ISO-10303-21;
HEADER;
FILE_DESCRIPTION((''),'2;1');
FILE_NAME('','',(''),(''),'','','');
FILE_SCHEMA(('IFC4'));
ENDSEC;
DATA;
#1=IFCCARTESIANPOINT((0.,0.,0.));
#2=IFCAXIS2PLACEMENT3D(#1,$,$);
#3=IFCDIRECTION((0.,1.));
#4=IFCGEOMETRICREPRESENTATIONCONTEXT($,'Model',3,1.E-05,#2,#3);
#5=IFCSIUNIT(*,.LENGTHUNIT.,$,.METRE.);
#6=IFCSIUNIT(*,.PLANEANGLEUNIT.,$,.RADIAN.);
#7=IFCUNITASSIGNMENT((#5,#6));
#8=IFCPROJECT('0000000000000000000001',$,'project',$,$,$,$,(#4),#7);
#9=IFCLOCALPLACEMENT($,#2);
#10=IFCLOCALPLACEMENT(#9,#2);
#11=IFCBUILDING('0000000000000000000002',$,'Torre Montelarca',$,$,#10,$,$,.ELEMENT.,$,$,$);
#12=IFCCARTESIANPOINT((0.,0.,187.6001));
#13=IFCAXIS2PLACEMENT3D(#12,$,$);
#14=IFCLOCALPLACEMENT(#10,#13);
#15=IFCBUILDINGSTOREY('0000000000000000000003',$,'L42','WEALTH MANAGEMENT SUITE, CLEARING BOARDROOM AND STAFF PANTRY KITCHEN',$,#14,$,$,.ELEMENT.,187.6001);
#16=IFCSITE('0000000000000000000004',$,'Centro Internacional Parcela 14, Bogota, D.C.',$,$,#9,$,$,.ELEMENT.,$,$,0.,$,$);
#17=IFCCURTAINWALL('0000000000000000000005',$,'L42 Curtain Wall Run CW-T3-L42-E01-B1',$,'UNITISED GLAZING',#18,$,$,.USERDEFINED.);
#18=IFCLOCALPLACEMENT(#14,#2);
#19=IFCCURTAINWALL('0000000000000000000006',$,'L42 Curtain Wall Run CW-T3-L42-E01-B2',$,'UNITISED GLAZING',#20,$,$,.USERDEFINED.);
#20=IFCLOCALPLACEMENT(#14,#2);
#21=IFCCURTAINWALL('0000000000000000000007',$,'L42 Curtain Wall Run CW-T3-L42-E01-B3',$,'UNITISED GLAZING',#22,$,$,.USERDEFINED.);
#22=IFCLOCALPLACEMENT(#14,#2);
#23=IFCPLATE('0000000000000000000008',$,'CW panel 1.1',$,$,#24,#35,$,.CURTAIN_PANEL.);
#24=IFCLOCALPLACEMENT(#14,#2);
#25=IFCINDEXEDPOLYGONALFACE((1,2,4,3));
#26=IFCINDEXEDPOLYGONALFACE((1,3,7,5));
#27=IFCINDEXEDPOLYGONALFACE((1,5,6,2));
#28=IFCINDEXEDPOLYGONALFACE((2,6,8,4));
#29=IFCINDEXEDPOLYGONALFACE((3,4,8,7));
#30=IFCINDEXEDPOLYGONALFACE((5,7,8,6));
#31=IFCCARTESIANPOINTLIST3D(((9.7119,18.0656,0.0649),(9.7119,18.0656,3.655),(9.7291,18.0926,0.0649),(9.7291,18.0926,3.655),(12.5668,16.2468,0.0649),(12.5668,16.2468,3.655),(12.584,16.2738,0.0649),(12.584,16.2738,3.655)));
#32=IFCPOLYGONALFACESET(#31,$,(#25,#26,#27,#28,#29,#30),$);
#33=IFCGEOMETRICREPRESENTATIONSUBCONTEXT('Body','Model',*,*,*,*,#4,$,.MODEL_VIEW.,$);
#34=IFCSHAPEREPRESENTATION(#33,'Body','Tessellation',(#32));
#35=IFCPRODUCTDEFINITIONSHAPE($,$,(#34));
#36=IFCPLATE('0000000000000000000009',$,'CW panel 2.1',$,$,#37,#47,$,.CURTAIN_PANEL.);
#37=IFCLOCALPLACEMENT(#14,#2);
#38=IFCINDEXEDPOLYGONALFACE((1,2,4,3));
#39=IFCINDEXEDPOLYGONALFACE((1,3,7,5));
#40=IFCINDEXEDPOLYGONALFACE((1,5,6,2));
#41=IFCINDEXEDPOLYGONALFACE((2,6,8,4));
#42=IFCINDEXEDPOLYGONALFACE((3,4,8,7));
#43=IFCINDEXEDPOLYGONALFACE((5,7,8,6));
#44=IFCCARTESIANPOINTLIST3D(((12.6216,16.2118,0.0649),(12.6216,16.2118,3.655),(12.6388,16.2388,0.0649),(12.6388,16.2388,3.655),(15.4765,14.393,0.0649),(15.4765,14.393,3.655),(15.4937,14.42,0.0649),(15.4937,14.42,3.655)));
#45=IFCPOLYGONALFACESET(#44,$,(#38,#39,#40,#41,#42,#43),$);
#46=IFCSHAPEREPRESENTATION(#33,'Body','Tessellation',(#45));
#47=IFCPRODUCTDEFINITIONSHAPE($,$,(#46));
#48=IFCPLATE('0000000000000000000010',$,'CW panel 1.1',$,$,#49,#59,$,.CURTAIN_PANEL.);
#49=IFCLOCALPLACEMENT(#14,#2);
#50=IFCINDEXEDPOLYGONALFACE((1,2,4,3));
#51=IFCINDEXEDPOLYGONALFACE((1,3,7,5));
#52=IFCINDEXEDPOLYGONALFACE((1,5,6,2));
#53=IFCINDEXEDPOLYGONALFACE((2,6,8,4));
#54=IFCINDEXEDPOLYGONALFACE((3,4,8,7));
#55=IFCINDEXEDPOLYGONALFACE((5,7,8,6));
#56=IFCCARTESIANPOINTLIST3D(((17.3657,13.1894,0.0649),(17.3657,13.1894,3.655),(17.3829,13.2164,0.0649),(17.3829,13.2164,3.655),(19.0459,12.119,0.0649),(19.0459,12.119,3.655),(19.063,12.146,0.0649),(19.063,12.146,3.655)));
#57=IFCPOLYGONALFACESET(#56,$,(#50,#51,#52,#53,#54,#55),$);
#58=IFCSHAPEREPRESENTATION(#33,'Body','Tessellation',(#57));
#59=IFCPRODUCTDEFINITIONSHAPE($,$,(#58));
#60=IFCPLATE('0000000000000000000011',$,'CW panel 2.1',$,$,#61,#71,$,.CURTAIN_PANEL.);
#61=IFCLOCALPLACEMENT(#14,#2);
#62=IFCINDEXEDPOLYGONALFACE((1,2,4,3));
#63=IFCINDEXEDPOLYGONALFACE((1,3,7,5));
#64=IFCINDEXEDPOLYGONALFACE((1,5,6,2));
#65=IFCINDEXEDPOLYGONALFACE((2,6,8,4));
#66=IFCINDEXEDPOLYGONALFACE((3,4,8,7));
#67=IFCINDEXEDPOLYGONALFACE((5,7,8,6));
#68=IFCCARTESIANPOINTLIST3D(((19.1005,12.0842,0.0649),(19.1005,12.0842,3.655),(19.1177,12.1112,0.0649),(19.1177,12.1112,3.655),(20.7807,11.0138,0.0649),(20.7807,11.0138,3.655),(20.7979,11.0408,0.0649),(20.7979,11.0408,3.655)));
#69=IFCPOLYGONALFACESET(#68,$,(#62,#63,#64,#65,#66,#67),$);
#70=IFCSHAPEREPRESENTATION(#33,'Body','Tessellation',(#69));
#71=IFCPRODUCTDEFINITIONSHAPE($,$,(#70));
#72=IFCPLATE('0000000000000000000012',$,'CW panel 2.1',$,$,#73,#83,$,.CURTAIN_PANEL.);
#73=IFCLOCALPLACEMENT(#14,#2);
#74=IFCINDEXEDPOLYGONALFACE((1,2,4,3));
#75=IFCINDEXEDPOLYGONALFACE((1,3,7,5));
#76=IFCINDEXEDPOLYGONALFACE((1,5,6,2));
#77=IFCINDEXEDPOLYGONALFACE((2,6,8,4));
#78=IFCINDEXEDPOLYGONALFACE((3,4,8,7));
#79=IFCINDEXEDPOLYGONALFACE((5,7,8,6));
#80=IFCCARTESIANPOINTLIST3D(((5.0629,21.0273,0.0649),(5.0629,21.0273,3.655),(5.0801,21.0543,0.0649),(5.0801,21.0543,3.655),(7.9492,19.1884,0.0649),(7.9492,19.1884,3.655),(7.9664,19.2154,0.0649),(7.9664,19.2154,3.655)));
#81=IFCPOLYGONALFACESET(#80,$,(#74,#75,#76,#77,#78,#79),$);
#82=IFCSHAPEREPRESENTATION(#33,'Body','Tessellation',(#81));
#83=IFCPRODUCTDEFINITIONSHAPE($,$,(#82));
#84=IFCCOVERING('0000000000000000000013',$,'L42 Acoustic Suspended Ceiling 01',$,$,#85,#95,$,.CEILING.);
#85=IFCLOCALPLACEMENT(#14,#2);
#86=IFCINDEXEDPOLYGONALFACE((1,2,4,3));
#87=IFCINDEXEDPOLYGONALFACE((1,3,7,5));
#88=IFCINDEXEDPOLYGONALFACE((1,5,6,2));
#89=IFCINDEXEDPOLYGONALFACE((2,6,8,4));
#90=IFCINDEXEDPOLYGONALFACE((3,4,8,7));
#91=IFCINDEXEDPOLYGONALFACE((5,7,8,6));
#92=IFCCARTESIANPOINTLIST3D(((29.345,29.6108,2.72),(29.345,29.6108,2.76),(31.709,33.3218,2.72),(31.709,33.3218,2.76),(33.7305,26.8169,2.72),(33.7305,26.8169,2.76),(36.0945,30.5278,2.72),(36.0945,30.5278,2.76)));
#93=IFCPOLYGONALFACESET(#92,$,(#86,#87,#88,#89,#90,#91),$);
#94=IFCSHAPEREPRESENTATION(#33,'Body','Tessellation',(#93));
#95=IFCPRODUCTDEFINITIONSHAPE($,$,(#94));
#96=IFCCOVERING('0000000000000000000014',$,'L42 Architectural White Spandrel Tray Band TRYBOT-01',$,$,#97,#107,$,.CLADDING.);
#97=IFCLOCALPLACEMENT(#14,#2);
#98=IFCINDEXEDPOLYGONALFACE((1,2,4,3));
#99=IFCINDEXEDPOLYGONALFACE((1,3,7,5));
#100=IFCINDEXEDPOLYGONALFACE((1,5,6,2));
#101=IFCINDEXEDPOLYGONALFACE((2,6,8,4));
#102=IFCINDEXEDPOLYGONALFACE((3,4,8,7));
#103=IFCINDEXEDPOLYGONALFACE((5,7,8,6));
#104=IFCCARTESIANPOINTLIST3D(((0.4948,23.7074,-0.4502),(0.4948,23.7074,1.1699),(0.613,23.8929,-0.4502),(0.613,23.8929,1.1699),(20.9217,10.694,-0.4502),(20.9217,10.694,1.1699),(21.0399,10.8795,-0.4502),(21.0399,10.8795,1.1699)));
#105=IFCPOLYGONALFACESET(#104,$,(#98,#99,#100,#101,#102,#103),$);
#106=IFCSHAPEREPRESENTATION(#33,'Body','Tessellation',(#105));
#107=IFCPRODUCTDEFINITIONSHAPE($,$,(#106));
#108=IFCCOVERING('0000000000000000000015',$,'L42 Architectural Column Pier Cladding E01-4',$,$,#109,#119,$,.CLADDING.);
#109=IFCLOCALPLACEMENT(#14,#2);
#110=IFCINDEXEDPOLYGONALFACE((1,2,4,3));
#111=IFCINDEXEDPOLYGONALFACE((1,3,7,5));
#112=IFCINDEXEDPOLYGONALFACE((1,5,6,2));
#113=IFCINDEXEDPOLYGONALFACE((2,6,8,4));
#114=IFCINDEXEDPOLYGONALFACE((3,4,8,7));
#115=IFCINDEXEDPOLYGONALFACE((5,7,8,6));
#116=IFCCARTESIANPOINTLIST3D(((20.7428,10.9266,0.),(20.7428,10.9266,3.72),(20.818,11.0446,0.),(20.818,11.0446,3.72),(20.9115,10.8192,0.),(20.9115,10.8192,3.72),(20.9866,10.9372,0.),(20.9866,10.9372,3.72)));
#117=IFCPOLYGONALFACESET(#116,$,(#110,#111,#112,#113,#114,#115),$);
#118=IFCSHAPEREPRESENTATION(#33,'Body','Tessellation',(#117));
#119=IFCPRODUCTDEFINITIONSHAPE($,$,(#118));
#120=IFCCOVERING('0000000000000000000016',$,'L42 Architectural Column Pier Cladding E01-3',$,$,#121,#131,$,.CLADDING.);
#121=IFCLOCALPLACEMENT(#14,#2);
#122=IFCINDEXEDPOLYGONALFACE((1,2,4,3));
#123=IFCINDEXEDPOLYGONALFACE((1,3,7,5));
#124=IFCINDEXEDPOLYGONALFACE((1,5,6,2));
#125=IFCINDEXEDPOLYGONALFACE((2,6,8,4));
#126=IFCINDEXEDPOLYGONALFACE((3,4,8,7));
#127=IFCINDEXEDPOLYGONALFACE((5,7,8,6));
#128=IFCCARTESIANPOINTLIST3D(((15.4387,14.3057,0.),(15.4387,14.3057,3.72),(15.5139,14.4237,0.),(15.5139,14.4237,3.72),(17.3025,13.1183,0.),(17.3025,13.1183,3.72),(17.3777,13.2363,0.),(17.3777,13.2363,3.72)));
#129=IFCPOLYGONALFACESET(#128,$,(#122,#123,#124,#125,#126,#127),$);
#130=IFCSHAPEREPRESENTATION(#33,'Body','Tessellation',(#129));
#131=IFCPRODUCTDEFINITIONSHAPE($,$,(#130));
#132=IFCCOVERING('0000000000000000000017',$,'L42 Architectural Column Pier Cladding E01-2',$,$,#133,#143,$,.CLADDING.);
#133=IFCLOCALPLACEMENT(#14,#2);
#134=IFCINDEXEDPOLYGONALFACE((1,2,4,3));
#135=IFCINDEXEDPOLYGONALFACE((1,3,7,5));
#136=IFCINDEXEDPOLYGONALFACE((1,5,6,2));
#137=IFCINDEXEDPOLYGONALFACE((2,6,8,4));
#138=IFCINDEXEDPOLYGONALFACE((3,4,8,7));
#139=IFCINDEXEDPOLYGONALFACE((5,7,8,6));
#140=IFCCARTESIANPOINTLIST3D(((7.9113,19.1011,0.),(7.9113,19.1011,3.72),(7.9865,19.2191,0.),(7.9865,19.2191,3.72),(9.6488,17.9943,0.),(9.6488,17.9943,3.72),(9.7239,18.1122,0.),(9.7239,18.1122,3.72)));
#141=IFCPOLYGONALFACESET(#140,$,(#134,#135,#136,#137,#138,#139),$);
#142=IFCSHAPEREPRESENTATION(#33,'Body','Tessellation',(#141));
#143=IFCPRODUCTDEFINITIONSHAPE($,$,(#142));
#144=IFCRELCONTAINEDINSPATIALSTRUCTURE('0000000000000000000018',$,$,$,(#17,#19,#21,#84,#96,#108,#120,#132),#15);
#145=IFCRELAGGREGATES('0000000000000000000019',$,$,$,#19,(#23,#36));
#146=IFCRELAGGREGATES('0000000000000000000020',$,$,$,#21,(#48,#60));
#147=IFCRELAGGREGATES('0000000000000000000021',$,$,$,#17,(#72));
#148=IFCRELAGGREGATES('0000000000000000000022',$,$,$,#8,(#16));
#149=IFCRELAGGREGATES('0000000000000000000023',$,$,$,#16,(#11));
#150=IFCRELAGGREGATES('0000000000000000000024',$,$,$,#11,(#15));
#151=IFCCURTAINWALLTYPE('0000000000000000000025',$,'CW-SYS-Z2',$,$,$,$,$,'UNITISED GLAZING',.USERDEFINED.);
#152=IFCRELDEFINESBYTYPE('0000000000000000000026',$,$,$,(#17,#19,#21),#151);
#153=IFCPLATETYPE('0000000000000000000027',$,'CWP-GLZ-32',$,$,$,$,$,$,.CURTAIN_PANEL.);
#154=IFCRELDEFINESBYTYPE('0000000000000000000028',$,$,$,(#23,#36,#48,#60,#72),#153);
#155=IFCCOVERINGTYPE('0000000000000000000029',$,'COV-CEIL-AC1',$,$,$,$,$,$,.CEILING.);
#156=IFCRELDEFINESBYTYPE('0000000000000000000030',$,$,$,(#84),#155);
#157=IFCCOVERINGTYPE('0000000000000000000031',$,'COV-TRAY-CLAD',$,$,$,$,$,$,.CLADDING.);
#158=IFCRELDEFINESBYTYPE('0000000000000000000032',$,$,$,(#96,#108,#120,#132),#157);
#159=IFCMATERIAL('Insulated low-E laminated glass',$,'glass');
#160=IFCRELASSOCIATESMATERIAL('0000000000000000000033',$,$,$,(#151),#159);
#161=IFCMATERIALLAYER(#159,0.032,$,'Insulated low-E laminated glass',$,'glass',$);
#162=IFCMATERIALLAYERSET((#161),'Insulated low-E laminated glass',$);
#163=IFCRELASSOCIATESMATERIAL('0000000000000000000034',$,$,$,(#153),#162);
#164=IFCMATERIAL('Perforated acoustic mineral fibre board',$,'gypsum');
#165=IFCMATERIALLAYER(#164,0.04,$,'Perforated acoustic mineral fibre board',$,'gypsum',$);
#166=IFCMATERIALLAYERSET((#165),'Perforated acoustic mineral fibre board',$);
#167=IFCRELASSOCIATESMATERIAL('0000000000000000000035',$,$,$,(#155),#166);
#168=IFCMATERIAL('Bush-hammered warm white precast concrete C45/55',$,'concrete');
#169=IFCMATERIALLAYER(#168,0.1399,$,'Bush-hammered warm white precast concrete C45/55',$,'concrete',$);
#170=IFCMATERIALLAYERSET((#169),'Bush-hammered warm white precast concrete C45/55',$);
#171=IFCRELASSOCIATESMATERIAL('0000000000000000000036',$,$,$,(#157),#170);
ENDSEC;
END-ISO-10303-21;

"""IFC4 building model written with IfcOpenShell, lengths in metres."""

from ifc_helpers import new_model, si_unit, direction, frame, origin, origin_2d, place, context, subcontext, project, spatial, polyline, rectangle, outline, extrude, source, transform, mapped, material, layer, layer_set, type_object, element, aggregate, save


model = new_model("IFC4")

# Units and contexts
model_context = context("Model", 3, precision=1e-05, world=origin(), true_north=direction((0.0, 1.0)))
body_context = subcontext(model_context, "Body", "Model", "MODEL_VIEW")
ifc_project = project(units=[si_unit("LENGTHUNIT", "METRE"), si_unit("PLANEANGLEUNIT", "RADIAN")], contexts=[model_context])

# Site, building, storey
site_placement = place(None, origin())
site = spatial("IfcSite", under=ifc_project, at=site_placement, Name="Centro Internacional Parcela 14, Bogota, D.C.", CompositionType="ELEMENT", RefElevation=0.0)
building_placement = place(site_placement, origin())
building = spatial("IfcBuilding", under=site, at=building_placement, Name="Torre Montelarca", CompositionType="ELEMENT")
storey_placement = place(building_placement, frame((0.0, 0.0, 187.6001)))
storey = spatial("IfcBuildingStorey", under=building, at=storey_placement, Name="L42", Description="WEALTH MANAGEMENT SUITE, CLEARING BOARDROOM AND STAFF PANTRY KITCHEN", CompositionType="ELEMENT", Elevation=187.6001)

# Curtain wall
ifc_material_1 = material(Name="Insulated low-E laminated glass", Category="glass")
curtain_wall_type = type_object("IfcCurtainWallType", Name="CW-SYS-Z2", ElementType="UNITISED GLAZING", PredefinedType="USERDEFINED", material=ifc_material_1)
curtain_wall_1_placement = place(storey_placement, origin())
curtain_wall_1 = element("IfcCurtainWall", 1, at=curtain_wall_1_placement, inside=storey, type_object=curtain_wall_type, Name="L42 Curtain Wall Run CW-T3-L42-E01-B1", ObjectType="UNITISED GLAZING", PredefinedType="USERDEFINED")

# Curtain walls
curtain_wall_2_placement = place(storey_placement, origin())
curtain_wall_2 = element("IfcCurtainWall", 2, at=curtain_wall_2_placement, inside=storey, type_object=curtain_wall_type, Name="L42 Curtain Wall Run CW-T3-L42-E01-B2", ObjectType="UNITISED GLAZING", PredefinedType="USERDEFINED")
curtain_wall_3_placement = place(storey_placement, origin())
curtain_wall_3 = element("IfcCurtainWall", 3, at=curtain_wall_3_placement, inside=storey, type_object=curtain_wall_type, Name="L42 Curtain Wall Run CW-T3-L42-E01-B3", ObjectType="UNITISED GLAZING", PredefinedType="USERDEFINED")

# Plates
ifc_layer_1 = layer(ifc_material_1, 0.032, Name="Insulated low-E laminated glass", Category="glass")
ifc_layer_set_1 = layer_set([ifc_layer_1], Name="Insulated low-E laminated glass")
plate_type = type_object("IfcPlateType", Name="CWP-GLZ-32", PredefinedType="CURTAIN_PANEL", material=ifc_layer_set_1)
shared_shape_1 = source(origin(), body_context, "Body", "SweptSolid", [
    extrude(rectangle(XDim=3.385, YDim=0.032, at=origin_2d()), origin(), (0.0, 0.0, 1.0), 3.5901),
])
plate_1_placement = place(storey_placement, frame((11.1479, 17.1697, 0.0649), z_axis=(0.0, 0.0, 1.0), x_axis=(0.84339, -0.537302, 0.0)))
plate_1 = element("IfcPlate", 4, at=plate_1_placement, type_object=plate_type, Name="CW panel 1.1", PredefinedType="CURTAIN_PANEL", context=body_context, shape_type="MappedRepresentation", body=[
    mapped(shared_shape_1, transform((0.0, 0.0, 0.0), scale=1.0)),
])
plate_2_placement = place(storey_placement, frame((14.0576, 15.3159, 0.0649), z_axis=(0.0, 0.0, 1.0), x_axis=(0.84339, -0.537302, 0.0)))
plate_2 = element("IfcPlate", 5, at=plate_2_placement, type_object=plate_type, Name="CW panel 2.1", PredefinedType="CURTAIN_PANEL", context=body_context, shape_type="MappedRepresentation", body=[
    mapped(shared_shape_1, transform((0.0, 0.0, 0.0), scale=1.0)),
])
aggregate(curtain_wall_2, [plate_1, plate_2])
shared_shape_2 = source(origin(), body_context, "Body", "SweptSolid", [
    extrude(rectangle(XDim=1.9922, YDim=0.032, at=origin_2d()), origin(), (0.0, 0.0, 1.0), 3.5901),
])
plate_3_placement = place(storey_placement, frame((18.2144, 12.6677, 0.0649), z_axis=(0.0, 0.0, 1.0), x_axis=(0.843389, -0.537303, 0.0)))
plate_3 = element("IfcPlate", 6, at=plate_3_placement, type_object=plate_type, Name="CW panel 1.1", PredefinedType="CURTAIN_PANEL", context=body_context, shape_type="MappedRepresentation", body=[
    mapped(shared_shape_2, transform((0.0, 0.0, 0.0), scale=1.0)),
])
plate_4_placement = place(storey_placement, frame((19.9492, 11.5625, 0.0649), z_axis=(0.0, 0.0, 1.0), x_axis=(0.843389, -0.537303, 0.0)))
plate_4 = element("IfcPlate", 7, at=plate_4_placement, type_object=plate_type, Name="CW panel 2.1", PredefinedType="CURTAIN_PANEL", context=body_context, shape_type="MappedRepresentation", body=[
    mapped(shared_shape_2, transform((0.0, 0.0, 0.0), scale=1.0)),
])
aggregate(curtain_wall_3, [plate_3, plate_4])
shared_shape_3 = source(origin(), body_context, "Body", "SweptSolid", [
    extrude(rectangle(XDim=3.4224, YDim=0.032, at=origin_2d()), origin(), (0.0, 0.0, 1.0), 3.5901),
])
plate_5_placement = place(storey_placement, frame((6.5146, 20.1213, 0.0649), z_axis=(0.0, 0.0, 1.0), x_axis=(0.843388, -0.537306, 0.0)))
plate_5 = element("IfcPlate", 8, at=plate_5_placement, type_object=plate_type, Name="CW panel 2.1", PredefinedType="CURTAIN_PANEL", context=body_context, shape_type="MappedRepresentation", body=[
    mapped(shared_shape_3, transform((0.0, 0.0, 0.0), scale=1.0)),
])
aggregate(curtain_wall_1, [plate_5])

# Coverings
ifc_material_2 = material(Name="Perforated acoustic mineral fibre board", Category="gypsum")
ifc_layer_2 = layer(ifc_material_2, 0.04, Name="Perforated acoustic mineral fibre board", Category="gypsum")
ifc_layer_set_2 = layer_set([ifc_layer_2], Name="Perforated acoustic mineral fibre board")
covering_type_1 = type_object("IfcCoveringType", Name="COV-CEIL-AC1", PredefinedType="CEILING", material=ifc_layer_set_2)
covering_1_placement = place(storey_placement, frame((0.0, 0.0, 2.72)))
element("IfcCovering", 9, at=covering_1_placement, inside=storey, type_object=covering_type_1, Name="L42 Acoustic Suspended Ceiling 01", PredefinedType="CEILING", context=body_context, shape_type="SweptSolid", body=[
    extrude(outline(polyline([(29.345, 29.6108), (33.7305, 26.8169), (36.0945, 30.5278), (31.709, 33.3218), (29.345, 29.6108)])), origin(), (0.0, 0.0, 1.0), 0.04),
])
ifc_material_3 = material(Name="Bush-hammered warm white precast concrete C45/55", Category="concrete")
ifc_layer_3 = layer(ifc_material_3, 0.1399, Name="Bush-hammered warm white precast concrete C45/55", Category="concrete")
ifc_layer_set_3 = layer_set([ifc_layer_3], Name="Bush-hammered warm white precast concrete C45/55")
covering_type_2 = type_object("IfcCoveringType", Name="COV-TRAY-CLAD", PredefinedType="CLADDING", material=ifc_layer_set_3)
shared_shape_4 = source(origin(), body_context, "Body", "SweptSolid", [
    extrude(rectangle(XDim=24.22, YDim=0.22, at=origin_2d()), origin(), (0.0, 0.0, 1.0), 1.6201),
])
covering_2_placement = place(storey_placement, frame((10.7673, 17.2935, -0.4502), z_axis=(0.0, 0.0, 1.0), x_axis=(0.843391, -0.5373, 0.0)))
element("IfcCovering", 10, at=covering_2_placement, inside=storey, type_object=covering_type_2, Name="L42 Architectural White Spandrel Tray Band TRYBOT-01", PredefinedType="CLADDING", context=body_context, shape_type="MappedRepresentation", body=[
    mapped(shared_shape_4, transform((0.0, 0.0, 0.0), scale=1.0)),
])
shared_shape_5 = source(origin(), body_context, "Body", "SweptSolid", [
    extrude(rectangle(XDim=0.2, YDim=0.1399, at=origin_2d()), origin(), (0.0, 0.0, 1.0), 3.72),
])
covering_3_placement = place(storey_placement, frame((20.8647, 10.9319, 0.0), z_axis=(0.0, 0.0, 1.0), x_axis=(0.84339, -0.537303, 0.0)))
element("IfcCovering", 11, at=covering_3_placement, inside=storey, type_object=covering_type_2, Name="L42 Architectural Column Pier Cladding E01-4", PredefinedType="CLADDING", context=body_context, shape_type="MappedRepresentation", body=[
    mapped(shared_shape_5, transform((0.0, 0.0, 0.0), scale=1.0)),
])
shared_shape_6 = source(origin(), body_context, "Body", "SweptSolid", [
    extrude(rectangle(XDim=2.21, YDim=0.1399, at=origin_2d()), origin(), (0.0, 0.0, 1.0), 3.72),
])
covering_4_placement = place(storey_placement, frame((16.4082, 13.771, 0.0), z_axis=(0.0, 0.0, 1.0), x_axis=(0.84339, -0.537303, 0.0)))
element("IfcCovering", 12, at=covering_4_placement, inside=storey, type_object=covering_type_2, Name="L42 Architectural Column Pier Cladding E01-3", PredefinedType="CLADDING", context=body_context, shape_type="MappedRepresentation", body=[
    mapped(shared_shape_6, transform((0.0, 0.0, 0.0), scale=1.0)),
])
shared_shape_7 = source(origin(), body_context, "Body", "SweptSolid", [
    extrude(rectangle(XDim=2.0601, YDim=0.1399, at=origin_2d()), origin(), (0.0, 0.0, 1.0), 3.72),
])
covering_5_placement = place(storey_placement, frame((8.8176, 18.6067, 0.0), z_axis=(0.0, 0.0, 1.0), x_axis=(0.84339, -0.537303, 0.0)))
element("IfcCovering", 13, at=covering_5_placement, inside=storey, type_object=covering_type_2, Name="L42 Architectural Column Pier Cladding E01-2", PredefinedType="CLADDING", context=body_context, shape_type="MappedRepresentation", body=[
    mapped(shared_shape_7, transform((0.0, 0.0, 0.0), scale=1.0)),
])

save(model, "model.ifc")
